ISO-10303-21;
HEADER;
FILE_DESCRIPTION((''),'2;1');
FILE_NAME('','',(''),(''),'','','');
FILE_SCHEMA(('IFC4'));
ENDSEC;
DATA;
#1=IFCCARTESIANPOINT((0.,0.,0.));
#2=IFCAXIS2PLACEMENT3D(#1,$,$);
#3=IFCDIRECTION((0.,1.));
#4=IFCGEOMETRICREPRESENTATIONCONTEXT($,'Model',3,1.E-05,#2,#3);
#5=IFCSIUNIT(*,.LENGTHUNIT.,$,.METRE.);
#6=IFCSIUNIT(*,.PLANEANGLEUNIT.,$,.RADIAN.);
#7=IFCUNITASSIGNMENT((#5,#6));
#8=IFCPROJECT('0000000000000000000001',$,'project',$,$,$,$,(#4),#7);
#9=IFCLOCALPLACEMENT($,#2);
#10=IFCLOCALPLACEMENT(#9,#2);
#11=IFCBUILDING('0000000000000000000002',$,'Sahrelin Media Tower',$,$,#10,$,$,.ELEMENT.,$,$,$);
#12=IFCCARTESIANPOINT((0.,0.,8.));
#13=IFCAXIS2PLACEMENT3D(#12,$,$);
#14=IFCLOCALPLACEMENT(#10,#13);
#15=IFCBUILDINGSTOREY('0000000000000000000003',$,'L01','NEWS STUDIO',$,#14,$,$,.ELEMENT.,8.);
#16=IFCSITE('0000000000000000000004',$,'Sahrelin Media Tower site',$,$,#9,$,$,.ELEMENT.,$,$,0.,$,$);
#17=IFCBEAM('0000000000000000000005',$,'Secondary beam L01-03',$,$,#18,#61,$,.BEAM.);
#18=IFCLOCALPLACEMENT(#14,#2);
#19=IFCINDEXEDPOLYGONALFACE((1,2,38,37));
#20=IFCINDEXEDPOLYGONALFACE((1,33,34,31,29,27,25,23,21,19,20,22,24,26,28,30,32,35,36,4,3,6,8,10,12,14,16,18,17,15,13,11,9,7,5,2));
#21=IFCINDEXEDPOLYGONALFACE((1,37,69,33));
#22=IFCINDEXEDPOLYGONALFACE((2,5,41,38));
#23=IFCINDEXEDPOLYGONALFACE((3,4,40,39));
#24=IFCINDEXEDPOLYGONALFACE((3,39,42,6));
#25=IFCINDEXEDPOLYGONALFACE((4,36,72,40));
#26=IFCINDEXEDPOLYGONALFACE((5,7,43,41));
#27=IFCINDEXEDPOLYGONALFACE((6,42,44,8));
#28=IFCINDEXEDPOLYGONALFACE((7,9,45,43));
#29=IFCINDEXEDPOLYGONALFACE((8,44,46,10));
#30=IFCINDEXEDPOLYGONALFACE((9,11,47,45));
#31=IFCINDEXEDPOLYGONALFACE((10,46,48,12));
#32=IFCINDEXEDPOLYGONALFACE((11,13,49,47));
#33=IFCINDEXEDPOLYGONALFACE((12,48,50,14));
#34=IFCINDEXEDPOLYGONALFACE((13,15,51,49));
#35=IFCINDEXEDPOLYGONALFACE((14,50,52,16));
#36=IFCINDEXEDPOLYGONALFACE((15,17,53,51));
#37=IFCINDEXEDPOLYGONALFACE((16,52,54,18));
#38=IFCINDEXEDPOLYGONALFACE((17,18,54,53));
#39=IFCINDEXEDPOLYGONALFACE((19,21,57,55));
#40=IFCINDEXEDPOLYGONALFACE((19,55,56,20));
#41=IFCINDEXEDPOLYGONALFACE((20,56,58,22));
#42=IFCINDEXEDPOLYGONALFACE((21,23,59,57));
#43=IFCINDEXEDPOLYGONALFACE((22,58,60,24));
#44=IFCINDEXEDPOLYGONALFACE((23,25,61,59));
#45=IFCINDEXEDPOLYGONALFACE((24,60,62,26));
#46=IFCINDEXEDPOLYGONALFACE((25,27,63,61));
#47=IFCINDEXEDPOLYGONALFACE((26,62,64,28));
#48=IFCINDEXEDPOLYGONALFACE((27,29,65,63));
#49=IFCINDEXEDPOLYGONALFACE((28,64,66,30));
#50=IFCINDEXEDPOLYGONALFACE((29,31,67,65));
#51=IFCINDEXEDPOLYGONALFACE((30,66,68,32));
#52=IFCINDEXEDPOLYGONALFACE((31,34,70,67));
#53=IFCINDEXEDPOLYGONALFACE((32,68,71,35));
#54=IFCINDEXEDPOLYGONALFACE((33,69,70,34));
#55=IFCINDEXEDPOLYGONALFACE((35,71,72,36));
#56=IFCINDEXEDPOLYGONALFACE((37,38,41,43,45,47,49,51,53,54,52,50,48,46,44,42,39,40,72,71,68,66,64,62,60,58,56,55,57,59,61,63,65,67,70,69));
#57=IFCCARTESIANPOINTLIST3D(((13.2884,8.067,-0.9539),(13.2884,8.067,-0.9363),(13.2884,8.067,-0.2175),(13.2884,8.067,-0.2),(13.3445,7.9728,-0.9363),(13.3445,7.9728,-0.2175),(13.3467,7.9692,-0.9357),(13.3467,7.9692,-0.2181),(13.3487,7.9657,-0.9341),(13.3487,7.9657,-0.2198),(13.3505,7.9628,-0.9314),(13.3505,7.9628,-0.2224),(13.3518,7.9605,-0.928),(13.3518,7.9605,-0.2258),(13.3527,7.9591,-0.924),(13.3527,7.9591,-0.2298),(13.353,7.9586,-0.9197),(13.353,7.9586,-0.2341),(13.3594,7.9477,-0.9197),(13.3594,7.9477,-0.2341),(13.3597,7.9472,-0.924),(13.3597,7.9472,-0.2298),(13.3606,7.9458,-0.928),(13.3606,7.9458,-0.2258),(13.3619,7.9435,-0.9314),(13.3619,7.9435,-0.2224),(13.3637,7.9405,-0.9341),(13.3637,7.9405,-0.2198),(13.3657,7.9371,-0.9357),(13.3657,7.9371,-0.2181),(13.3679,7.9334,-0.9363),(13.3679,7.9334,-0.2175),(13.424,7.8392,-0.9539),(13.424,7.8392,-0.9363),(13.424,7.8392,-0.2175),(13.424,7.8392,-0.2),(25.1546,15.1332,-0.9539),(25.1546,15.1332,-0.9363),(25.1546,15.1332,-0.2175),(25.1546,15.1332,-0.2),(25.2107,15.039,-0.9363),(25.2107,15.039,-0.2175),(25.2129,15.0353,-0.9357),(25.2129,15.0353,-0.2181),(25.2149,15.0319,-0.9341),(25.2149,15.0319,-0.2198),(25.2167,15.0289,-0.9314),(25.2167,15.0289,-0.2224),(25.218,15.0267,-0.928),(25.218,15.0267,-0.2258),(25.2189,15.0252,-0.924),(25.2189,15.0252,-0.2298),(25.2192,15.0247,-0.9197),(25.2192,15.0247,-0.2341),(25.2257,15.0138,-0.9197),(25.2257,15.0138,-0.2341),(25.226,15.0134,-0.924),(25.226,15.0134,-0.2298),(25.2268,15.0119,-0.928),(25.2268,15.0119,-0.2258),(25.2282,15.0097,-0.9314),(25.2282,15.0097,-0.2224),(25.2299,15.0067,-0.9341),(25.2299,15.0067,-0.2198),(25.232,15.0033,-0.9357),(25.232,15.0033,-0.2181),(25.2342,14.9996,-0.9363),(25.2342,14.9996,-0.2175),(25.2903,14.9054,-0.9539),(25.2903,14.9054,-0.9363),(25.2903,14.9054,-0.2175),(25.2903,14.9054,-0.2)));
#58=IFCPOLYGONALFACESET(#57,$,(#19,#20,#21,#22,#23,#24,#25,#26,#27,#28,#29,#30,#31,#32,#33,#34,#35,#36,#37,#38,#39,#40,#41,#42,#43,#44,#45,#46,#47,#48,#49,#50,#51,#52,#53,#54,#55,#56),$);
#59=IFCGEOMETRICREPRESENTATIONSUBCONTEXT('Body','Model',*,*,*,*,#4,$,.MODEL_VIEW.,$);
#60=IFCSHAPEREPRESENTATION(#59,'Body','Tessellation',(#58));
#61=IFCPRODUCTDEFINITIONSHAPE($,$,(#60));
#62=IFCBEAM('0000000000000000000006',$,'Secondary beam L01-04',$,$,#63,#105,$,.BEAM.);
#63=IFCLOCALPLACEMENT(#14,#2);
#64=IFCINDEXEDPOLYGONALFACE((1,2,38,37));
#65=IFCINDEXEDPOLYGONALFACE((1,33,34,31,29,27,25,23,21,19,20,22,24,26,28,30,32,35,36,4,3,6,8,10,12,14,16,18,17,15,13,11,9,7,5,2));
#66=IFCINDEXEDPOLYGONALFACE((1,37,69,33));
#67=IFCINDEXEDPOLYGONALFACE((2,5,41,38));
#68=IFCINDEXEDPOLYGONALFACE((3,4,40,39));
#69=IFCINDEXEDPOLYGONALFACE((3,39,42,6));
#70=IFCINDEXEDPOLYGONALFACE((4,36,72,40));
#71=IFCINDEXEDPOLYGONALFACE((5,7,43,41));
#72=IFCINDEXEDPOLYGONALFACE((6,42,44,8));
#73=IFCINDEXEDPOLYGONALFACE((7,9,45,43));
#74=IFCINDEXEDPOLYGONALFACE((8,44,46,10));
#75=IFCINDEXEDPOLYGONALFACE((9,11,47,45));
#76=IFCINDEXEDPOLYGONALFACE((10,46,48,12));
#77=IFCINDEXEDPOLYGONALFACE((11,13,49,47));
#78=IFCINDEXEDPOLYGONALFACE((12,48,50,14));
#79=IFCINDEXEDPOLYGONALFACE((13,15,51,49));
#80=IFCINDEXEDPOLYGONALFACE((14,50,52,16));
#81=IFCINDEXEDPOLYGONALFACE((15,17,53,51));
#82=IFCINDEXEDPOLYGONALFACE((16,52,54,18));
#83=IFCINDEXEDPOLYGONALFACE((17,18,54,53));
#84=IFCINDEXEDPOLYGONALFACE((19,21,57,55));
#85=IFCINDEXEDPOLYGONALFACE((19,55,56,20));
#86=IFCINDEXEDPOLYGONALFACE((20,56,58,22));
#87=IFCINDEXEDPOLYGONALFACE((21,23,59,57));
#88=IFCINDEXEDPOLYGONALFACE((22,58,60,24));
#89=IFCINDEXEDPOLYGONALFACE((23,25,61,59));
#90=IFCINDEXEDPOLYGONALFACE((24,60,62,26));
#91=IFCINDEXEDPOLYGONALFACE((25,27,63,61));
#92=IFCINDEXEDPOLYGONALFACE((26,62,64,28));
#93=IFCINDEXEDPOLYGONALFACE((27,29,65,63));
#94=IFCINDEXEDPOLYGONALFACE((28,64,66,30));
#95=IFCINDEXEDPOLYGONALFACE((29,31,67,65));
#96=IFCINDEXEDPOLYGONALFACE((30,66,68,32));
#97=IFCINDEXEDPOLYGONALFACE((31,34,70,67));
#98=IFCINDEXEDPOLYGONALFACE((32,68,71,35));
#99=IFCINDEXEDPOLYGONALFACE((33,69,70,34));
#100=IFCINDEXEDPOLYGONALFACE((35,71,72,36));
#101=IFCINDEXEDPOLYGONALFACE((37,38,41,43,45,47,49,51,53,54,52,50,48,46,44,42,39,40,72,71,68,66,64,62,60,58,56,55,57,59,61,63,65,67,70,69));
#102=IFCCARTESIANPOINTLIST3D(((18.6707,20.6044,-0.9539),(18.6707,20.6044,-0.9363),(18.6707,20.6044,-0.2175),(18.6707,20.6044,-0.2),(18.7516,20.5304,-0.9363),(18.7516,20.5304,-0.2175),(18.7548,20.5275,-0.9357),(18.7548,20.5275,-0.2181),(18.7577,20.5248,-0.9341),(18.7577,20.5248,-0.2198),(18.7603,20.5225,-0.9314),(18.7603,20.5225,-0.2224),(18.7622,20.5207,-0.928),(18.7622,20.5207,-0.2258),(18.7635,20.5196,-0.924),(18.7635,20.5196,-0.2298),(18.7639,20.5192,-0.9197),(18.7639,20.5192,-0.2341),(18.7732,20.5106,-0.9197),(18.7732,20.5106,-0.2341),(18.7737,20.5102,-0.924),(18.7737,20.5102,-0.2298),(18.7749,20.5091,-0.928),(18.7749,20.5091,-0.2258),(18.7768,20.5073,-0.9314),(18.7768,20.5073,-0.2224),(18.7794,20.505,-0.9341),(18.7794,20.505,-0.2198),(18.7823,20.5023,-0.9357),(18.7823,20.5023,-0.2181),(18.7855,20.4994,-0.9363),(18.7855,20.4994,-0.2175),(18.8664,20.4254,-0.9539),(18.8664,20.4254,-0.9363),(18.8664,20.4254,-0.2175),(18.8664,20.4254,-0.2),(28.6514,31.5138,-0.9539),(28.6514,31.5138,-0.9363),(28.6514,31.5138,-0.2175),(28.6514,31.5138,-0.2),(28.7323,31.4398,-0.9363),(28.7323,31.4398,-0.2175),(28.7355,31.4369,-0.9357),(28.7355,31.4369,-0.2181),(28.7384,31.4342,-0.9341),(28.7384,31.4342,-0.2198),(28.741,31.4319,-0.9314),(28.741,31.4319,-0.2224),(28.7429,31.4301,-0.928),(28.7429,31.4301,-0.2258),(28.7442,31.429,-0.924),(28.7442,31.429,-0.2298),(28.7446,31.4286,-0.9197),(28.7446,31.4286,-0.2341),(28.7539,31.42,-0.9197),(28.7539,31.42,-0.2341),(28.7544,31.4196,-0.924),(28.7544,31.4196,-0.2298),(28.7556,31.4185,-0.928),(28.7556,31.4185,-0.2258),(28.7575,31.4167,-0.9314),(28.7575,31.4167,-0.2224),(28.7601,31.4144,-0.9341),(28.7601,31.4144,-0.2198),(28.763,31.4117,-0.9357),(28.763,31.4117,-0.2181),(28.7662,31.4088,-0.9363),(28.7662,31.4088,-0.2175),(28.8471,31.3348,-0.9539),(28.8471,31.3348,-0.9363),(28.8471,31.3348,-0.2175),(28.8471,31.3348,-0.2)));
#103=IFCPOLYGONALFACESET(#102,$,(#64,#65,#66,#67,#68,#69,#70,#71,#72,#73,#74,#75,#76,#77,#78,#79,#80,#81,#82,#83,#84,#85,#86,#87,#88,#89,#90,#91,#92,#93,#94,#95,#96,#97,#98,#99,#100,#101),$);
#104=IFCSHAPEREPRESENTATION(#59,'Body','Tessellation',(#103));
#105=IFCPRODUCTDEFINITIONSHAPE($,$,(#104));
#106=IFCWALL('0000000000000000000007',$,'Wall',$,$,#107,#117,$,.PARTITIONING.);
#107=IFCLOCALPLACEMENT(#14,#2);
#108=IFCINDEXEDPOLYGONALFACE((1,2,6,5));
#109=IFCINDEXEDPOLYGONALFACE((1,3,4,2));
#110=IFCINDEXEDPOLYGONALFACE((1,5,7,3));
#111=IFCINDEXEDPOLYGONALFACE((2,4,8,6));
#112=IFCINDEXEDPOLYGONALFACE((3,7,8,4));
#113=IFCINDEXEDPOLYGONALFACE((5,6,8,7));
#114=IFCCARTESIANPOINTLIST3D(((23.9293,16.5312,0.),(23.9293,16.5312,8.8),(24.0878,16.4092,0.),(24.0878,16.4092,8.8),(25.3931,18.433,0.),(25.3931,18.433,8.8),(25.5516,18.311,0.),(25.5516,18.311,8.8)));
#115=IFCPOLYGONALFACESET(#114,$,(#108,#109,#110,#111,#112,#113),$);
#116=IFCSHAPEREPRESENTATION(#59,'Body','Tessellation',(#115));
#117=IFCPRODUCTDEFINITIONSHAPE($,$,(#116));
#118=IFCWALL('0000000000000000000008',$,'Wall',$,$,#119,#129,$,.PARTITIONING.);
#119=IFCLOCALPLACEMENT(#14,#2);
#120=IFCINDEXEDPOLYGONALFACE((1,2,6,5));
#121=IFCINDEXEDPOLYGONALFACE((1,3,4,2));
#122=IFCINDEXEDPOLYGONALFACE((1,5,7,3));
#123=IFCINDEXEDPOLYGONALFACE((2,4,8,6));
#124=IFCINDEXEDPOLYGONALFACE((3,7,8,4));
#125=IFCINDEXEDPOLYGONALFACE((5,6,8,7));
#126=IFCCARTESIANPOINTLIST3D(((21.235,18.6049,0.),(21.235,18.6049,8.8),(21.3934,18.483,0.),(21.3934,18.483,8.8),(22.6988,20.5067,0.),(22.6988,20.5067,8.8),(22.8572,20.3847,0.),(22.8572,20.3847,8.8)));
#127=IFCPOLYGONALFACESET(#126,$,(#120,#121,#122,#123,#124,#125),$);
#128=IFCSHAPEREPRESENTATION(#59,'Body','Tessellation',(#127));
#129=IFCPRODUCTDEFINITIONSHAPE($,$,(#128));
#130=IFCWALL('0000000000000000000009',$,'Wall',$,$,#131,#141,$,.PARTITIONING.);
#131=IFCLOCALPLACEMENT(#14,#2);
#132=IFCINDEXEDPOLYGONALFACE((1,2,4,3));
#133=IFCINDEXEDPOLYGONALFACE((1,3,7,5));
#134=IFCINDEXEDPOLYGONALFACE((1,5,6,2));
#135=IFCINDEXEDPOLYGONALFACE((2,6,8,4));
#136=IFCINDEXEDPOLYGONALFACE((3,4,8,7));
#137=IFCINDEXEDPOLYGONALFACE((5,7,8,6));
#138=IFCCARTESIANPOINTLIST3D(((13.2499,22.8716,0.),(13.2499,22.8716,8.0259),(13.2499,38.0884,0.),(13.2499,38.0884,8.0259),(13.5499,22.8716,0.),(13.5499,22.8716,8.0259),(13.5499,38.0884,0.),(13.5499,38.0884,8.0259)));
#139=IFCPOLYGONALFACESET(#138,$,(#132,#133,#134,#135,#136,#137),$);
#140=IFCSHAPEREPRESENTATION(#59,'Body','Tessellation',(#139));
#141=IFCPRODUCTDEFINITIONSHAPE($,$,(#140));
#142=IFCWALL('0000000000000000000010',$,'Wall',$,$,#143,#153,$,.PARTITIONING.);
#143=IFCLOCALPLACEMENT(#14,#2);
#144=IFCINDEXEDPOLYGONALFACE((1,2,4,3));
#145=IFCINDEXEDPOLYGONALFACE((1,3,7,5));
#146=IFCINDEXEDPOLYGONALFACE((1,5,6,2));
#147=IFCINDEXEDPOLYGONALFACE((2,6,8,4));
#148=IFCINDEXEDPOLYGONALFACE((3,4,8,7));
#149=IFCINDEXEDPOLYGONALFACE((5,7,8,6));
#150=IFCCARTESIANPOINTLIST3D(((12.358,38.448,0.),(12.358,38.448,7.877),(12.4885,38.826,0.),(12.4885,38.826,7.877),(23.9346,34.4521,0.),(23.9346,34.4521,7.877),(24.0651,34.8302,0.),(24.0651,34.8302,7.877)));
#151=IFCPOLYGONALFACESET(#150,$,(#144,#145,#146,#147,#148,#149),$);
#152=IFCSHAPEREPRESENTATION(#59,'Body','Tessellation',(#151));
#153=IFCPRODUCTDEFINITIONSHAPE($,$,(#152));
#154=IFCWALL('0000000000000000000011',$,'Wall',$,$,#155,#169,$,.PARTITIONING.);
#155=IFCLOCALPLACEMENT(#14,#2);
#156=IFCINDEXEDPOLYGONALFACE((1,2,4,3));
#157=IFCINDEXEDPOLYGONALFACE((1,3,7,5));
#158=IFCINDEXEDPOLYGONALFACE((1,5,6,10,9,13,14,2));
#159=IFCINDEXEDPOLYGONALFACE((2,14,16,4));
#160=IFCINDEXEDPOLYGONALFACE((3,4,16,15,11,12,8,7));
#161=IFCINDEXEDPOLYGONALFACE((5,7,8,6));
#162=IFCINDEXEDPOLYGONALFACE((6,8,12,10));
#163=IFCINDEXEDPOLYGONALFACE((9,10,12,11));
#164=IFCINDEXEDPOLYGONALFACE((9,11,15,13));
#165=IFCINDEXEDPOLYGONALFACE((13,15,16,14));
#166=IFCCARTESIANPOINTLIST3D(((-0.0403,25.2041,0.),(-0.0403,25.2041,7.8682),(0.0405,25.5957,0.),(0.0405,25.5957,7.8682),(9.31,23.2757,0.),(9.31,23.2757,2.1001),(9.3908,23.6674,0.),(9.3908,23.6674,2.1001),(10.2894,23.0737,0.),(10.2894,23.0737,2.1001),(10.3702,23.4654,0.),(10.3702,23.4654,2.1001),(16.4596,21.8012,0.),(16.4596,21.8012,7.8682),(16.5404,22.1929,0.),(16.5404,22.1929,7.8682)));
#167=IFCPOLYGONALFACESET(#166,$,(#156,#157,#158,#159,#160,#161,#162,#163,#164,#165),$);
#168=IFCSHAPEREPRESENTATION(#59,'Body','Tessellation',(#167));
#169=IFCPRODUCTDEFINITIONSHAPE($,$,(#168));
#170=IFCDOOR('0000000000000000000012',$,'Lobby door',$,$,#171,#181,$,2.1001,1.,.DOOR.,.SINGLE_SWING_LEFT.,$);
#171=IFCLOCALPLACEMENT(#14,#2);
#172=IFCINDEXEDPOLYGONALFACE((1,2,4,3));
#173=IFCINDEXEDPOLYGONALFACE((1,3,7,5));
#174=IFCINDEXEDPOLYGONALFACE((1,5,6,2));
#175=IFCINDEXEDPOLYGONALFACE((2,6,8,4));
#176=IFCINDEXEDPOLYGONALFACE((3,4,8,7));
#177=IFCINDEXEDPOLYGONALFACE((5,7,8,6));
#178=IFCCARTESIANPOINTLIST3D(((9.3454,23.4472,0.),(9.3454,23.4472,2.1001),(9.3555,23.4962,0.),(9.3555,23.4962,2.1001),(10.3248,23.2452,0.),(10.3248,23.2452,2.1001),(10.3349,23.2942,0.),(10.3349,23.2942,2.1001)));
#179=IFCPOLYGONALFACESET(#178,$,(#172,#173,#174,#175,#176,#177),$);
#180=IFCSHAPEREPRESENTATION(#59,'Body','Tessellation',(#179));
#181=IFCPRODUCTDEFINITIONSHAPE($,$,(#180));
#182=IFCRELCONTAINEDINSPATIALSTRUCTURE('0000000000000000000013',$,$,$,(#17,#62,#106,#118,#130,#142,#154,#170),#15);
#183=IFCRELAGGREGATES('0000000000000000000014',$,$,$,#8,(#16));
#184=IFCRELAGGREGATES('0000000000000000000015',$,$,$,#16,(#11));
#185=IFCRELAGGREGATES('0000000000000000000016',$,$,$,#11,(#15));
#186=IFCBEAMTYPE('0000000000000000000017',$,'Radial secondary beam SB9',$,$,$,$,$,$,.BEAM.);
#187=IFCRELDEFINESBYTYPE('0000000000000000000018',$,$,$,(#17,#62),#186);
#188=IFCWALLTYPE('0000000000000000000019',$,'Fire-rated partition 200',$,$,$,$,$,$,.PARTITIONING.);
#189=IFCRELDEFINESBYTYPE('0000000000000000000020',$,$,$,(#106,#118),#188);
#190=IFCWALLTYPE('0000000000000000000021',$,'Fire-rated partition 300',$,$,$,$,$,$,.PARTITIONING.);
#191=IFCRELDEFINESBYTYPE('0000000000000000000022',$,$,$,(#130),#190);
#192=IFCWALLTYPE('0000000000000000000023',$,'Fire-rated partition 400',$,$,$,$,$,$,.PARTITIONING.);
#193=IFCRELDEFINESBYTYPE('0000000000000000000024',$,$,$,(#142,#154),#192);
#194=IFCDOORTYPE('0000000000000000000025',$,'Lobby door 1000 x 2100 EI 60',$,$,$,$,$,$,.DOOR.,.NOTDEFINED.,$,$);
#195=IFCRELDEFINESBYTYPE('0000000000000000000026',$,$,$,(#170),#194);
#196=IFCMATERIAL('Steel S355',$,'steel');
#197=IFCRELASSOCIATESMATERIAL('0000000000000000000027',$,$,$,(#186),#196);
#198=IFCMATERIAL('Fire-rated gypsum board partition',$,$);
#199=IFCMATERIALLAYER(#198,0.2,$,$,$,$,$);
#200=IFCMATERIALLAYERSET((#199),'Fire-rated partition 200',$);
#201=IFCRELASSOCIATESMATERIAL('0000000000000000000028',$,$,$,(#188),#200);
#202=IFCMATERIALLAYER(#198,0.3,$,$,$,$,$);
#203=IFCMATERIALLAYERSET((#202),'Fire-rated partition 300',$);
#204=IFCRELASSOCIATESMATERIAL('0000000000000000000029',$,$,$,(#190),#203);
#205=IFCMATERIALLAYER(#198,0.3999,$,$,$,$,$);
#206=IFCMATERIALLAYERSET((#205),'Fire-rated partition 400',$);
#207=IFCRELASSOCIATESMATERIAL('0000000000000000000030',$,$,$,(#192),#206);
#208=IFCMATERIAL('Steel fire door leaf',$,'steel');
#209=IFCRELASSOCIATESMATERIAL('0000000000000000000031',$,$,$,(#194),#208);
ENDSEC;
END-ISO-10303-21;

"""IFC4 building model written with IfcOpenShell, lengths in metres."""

from ifc_helpers import new_model, si_unit, direction, frame, frame_2d, origin, origin_2d, place, context, subcontext, project, spatial, rectangle, i_section, extrude, material, layer, layer_set, material_profile, profile_set, type_object, element, fill, save


model = new_model("IFC4")

# Units and contexts
model_context = context("Model", 3, precision=1e-05, world=origin(), true_north=direction((0.0, 1.0)))
body_context = subcontext(model_context, "Body", "Model", "MODEL_VIEW")
ifc_project = project(units=[si_unit("LENGTHUNIT", "METRE"), si_unit("PLANEANGLEUNIT", "RADIAN")], contexts=[model_context])

# Site, building, storey
site_placement = place(None, origin())
site = spatial("IfcSite", under=ifc_project, at=site_placement, Name="Sahrelin Media Tower site", CompositionType="ELEMENT", RefElevation=0.0)
building_placement = place(site_placement, origin())
building = spatial("IfcBuilding", under=site, at=building_placement, Name="Sahrelin Media Tower", CompositionType="ELEMENT")
storey_placement = place(building_placement, frame((0.0, 0.0, 8.0)))
storey = spatial("IfcBuildingStorey", under=building, at=storey_placement, Name="L01", Description="NEWS STUDIO", CompositionType="ELEMENT", Elevation=8.0)

# Beams
ifc_material_1 = material(Name="Steel S355", Category="steel")
ifc_material_profile_1 = material_profile(ifc_material_1, i_section(OverallWidth=0.2651, OverallDepth=0.7539, WebThickness=0.0127, FlangeThickness=0.0176, FilletRadius=0.0166, at=origin_2d()), Name="UB 762x267x147")
ifc_profile_set_1 = profile_set([ifc_material_profile_1], Name="Steel S355")
beam_type_1 = type_object("IfcBeamType", Name="Radial secondary beam SB9", PredefinedType="BEAM", material=ifc_profile_set_1)
beam_1_placement = place(storey_placement, frame((13.3562, 7.9531, -0.5769), z_axis=(0.859199, 0.511641, 0.0), x_axis=(-0.511641, 0.859199, 0.0)))
element("IfcBeam", 1, at=beam_1_placement, inside=storey, type_object=beam_type_1, Name="Secondary beam L01-03", PredefinedType="BEAM", context=body_context, shape_type="SweptSolid", body=[
    extrude(i_section(OverallWidth=0.2651, OverallDepth=0.7539, WebThickness=0.0127, FlangeThickness=0.0176, FilletRadius=0.0166, at=origin_2d()), origin(), (0.0, 0.0, 1.0), 13.8108),
])
beam_2_placement = place(storey_placement, frame((18.7686, 20.5149, -0.5769), z_axis=(0.675004, 0.737814, 0.0), x_axis=(-0.737814, 0.675004, 0.0)))
element("IfcBeam", 2, at=beam_2_placement, inside=storey, type_object=beam_type_1, Name="Secondary beam L01-04", PredefinedType="BEAM", context=body_context, shape_type="SweptSolid", body=[
    extrude(i_section(OverallWidth=0.2651, OverallDepth=0.7539, WebThickness=0.0127, FlangeThickness=0.0176, FilletRadius=0.0166, at=origin_2d()), origin(), (0.0, 0.0, 1.0), 14.7861),
])

# Walls
ifc_material_2 = material(Name="Fire-rated gypsum board partition")
ifc_layer_1 = layer(ifc_material_2, 0.2)
ifc_layer_set_1 = layer_set([ifc_layer_1], Name="Fire-rated partition 200")
wall_type_1 = type_object("IfcWallType", Name="Fire-rated partition 200", PredefinedType="PARTITIONING", material=ifc_layer_set_1)
for number, where, z_axis, x_axis, name in (
    (3, (24.0085, 16.4702, 0.0), (0.0, 0.0, 1.0), (0.609947, 0.792442, 0.0), "Wall"),
    (4, (21.3142, 18.5439, 0.0), (0.0, 0.0, 1.0), (0.609947, 0.792442, 0.0), "Wall"),
):
    element("IfcWall", number, at=place(storey_placement, frame(where, z_axis=z_axis, x_axis=x_axis)), inside=storey, type_object=wall_type_1, Name=name, PredefinedType="PARTITIONING", context=body_context, shape_type="SweptSolid", body=[
        extrude(rectangle(XDim=2.3999, YDim=0.2, at=frame_2d((1.2, 0.0))), origin(), (0.0, 0.0, 1.0), 8.8),
    ])

# Shared definitions
ifc_material_3 = material(Name="Steel fire door leaf", Category="steel")

# Walls
ifc_layer_2 = layer(ifc_material_2, 0.3)
ifc_layer_set_2 = layer_set([ifc_layer_2], Name="Fire-rated partition 300")
wall_type_2 = type_object("IfcWallType", Name="Fire-rated partition 300", PredefinedType="PARTITIONING", material=ifc_layer_set_2)
wall_1_placement = place(storey_placement, frame((13.3999, 22.8716, 0.0), z_axis=(0.0, 0.0, 1.0), x_axis=(0.0, 1.0, 0.0)))
element("IfcWall", 5, at=wall_1_placement, inside=storey, type_object=wall_type_2, Name="Wall", PredefinedType="PARTITIONING", context=body_context, shape_type="SweptSolid", body=[
    extrude(rectangle(XDim=15.2168, YDim=0.3, at=frame_2d((7.6084, 0.0))), origin(), (0.0, 0.0, 1.0), 8.0259),
])
ifc_layer_3 = layer(ifc_material_2, 0.3999)
ifc_layer_set_3 = layer_set([ifc_layer_3], Name="Fire-rated partition 400")
wall_type_3 = type_object("IfcWallType", Name="Fire-rated partition 400", PredefinedType="PARTITIONING", material=ifc_layer_set_3)
wall_2_placement = place(storey_placement, frame((24.0, 34.6411, 0.0), z_axis=(0.0, 0.0, 1.0), x_axis=(-0.945275, 0.326275, 0.0)))
element("IfcWall", 6, at=wall_2_placement, inside=storey, type_object=wall_type_3, Name="Wall", PredefinedType="PARTITIONING", context=body_context, shape_type="SweptSolid", body=[
    extrude(rectangle(XDim=12.2468, YDim=0.3999, at=frame_2d((6.1235, 0.0))), origin(), (0.0, 0.0, 1.0), 7.877),
])

# Wall, opening, door
wall_3_placement = place(storey_placement, frame((16.5, 21.9971, 0.0), z_axis=(0.0, 0.0, 1.0), x_axis=(-0.979389, 0.201982, 0.0)))
wall_3 = element("IfcWall", 7, at=wall_3_placement, inside=storey, type_object=wall_type_3, Name="Wall", PredefinedType="PARTITIONING", context=body_context, shape_type="SweptSolid", body=[
    extrude(rectangle(XDim=16.8472, YDim=0.3999, at=frame_2d((8.4236, 0.0))), origin(), (0.0, 0.0, 1.0), 7.8682),
])
opening_1_placement = place(wall_3_placement, frame((6.3, 0.0, 0.0)))
opening_1 = element("IfcOpeningElement", 8, at=opening_1_placement, cuts=wall_3, PredefinedType="OPENING", context=body_context, shape_type="SweptSolid", body=[
    extrude(rectangle(XDim=1.0, YDim=2.1001, at=frame_2d((0.5, 1.05))), frame((0.0, 0.2, 0.0), z_axis=(0.0, -1.0, 0.0), x_axis=(1.0, 0.0, 0.0)), (0.0, 0.0, 1.0), 0.3999),
])
door_type_1 = type_object("IfcDoorType", Name="Lobby door 1000 x 2100 EI 60", OperationType="NOTDEFINED", PredefinedType="DOOR", material=ifc_material_3)
door_1_placement = place(opening_1_placement, origin())
door_1 = element("IfcDoor", 9, at=door_1_placement, inside=storey, type_object=door_type_1, Name="Lobby door", OperationType="SINGLE_SWING_LEFT", OverallHeight=2.1001, OverallWidth=1.0, PredefinedType="DOOR", context=body_context, shape_type="SweptSolid", body=[
    extrude(rectangle(XDim=1.0, YDim=2.1001, at=frame_2d((0.5, 1.05))), frame((0.0, 0.0249, 0.0), z_axis=(0.0, -1.0, 0.0), x_axis=(1.0, 0.0, 0.0)), (0.0, 0.0, 1.0), 0.05),
])
fill(opening_1, door_1)

save(model, "model.ifc")
